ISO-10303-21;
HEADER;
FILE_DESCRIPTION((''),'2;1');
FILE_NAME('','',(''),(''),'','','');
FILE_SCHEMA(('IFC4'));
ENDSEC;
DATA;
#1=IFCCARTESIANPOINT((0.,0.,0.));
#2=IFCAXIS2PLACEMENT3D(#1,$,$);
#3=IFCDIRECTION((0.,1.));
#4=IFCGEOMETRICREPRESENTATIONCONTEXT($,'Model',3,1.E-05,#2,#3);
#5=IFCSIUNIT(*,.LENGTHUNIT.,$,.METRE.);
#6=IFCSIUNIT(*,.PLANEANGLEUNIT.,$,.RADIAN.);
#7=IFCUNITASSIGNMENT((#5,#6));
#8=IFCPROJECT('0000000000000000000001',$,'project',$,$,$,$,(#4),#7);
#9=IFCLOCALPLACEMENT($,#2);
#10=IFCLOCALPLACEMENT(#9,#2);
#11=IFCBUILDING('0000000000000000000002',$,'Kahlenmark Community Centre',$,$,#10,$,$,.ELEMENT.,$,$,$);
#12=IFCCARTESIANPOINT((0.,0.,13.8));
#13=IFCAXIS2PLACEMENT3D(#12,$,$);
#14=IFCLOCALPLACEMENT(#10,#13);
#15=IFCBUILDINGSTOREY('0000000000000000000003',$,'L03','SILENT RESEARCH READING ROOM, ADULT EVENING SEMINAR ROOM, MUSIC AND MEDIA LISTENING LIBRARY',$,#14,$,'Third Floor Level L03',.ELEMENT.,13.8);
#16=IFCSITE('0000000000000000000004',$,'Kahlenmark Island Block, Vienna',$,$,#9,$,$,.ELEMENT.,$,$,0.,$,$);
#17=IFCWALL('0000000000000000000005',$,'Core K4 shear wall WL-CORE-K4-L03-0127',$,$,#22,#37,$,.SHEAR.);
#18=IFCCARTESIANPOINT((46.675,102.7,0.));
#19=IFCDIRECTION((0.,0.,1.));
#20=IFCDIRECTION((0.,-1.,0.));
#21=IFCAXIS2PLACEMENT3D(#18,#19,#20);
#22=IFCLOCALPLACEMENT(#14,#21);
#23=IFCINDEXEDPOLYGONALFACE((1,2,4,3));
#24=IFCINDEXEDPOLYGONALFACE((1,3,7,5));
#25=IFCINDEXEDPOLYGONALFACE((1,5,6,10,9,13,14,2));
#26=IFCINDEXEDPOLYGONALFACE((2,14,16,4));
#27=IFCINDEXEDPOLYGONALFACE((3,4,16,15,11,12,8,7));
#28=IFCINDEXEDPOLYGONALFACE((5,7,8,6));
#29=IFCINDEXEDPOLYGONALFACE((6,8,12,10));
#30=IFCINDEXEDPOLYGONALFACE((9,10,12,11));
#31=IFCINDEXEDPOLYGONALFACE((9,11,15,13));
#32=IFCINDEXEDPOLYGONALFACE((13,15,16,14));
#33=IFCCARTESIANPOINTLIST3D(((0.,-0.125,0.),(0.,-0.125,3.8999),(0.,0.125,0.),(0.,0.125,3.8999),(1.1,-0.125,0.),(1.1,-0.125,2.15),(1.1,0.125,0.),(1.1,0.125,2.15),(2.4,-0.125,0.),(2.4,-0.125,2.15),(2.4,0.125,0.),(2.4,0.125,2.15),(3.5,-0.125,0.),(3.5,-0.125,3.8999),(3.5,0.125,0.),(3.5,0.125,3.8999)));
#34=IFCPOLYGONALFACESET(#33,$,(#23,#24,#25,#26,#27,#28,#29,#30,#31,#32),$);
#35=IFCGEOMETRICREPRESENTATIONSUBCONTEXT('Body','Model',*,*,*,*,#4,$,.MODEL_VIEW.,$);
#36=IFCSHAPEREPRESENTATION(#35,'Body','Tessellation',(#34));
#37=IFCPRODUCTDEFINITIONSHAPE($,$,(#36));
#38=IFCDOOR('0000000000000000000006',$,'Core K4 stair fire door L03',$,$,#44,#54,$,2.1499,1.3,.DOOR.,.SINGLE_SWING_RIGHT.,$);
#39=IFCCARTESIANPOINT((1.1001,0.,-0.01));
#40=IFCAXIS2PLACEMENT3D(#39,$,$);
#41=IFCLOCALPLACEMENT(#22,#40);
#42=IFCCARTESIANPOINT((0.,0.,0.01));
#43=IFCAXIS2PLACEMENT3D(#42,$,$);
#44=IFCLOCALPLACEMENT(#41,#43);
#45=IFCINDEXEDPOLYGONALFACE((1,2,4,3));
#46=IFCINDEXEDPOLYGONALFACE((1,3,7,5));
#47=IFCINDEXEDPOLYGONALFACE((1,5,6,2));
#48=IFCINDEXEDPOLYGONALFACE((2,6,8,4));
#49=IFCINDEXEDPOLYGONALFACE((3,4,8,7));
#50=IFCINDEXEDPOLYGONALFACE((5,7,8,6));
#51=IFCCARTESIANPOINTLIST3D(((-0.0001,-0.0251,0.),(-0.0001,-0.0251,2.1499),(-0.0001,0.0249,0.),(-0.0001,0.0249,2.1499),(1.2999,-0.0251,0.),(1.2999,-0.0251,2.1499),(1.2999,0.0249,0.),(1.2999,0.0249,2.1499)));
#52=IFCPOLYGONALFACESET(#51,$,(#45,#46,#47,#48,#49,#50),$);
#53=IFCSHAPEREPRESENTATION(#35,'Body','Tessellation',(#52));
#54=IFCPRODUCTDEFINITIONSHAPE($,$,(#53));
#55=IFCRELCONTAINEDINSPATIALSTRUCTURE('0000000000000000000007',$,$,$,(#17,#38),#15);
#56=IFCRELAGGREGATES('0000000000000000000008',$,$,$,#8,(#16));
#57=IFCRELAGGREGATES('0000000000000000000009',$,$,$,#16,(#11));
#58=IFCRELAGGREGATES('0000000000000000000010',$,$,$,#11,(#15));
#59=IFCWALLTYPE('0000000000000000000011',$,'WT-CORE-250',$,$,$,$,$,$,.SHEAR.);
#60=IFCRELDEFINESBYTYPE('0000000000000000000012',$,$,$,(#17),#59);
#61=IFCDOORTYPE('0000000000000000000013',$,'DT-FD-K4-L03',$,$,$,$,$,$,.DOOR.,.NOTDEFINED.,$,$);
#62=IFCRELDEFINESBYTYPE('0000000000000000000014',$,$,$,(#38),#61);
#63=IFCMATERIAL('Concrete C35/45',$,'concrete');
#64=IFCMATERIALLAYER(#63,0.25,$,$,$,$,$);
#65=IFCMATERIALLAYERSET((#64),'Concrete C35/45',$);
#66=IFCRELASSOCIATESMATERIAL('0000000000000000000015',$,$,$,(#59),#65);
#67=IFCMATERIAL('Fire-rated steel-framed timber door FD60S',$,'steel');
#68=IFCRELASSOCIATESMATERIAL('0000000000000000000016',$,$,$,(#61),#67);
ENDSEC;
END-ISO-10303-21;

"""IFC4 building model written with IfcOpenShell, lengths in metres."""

from ifc_helpers import new_model, si_unit, direction, frame, frame_2d, origin, place, context, subcontext, project, spatial, rectangle, extrude, material, layer, layer_set, type_object, element, fill, save


model = new_model("IFC4")

# Units and contexts
model_context = context("Model", 3, precision=1e-05, world=origin(), true_north=direction((0.0, 1.0)))
body_context = subcontext(model_context, "Body", "Model", "MODEL_VIEW")
ifc_project = project(units=[si_unit("LENGTHUNIT", "METRE"), si_unit("PLANEANGLEUNIT", "RADIAN")], contexts=[model_context])

# Site, building, storey
site_placement = place(None, origin())
site = spatial("IfcSite", under=ifc_project, at=site_placement, Name="Kahlenmark Island Block, Vienna", CompositionType="ELEMENT", RefElevation=0.0)
building_placement = place(site_placement, origin())
building = spatial("IfcBuilding", under=site, at=building_placement, Name="Kahlenmark Community Centre", CompositionType="ELEMENT")
storey_placement = place(building_placement, frame((0.0, 0.0, 13.8)))
storey = spatial("IfcBuildingStorey", under=building, at=storey_placement, Name="L03", Description="SILENT RESEARCH READING ROOM, ADULT EVENING SEMINAR ROOM, MUSIC AND MEDIA LISTENING LIBRARY", LongName="Third Floor Level L03", CompositionType="ELEMENT", Elevation=13.8)

# Wall, opening, door
ifc_material_1 = material(Name="Concrete C35/45", Category="concrete")
ifc_layer_1 = layer(ifc_material_1, 0.25)
ifc_layer_set_1 = layer_set([ifc_layer_1], Name="Concrete C35/45")
wall_type_1 = type_object("IfcWallType", Name="WT-CORE-250", PredefinedType="SHEAR", material=ifc_layer_set_1)
wall_1_placement = place(storey_placement, frame((46.675, 102.7, 0.0), z_axis=(0.0, 0.0, 1.0), x_axis=(0.0, -1.0, 0.0)))
wall_1 = element("IfcWall", 1, at=wall_1_placement, inside=storey, type_object=wall_type_1, Name="Core K4 shear wall WL-CORE-K4-L03-0127", PredefinedType="SHEAR", context=body_context, shape_type="SweptSolid", body=[
    extrude(rectangle(XDim=3.5, YDim=0.25, at=frame_2d((1.75, 0.0))), origin(), (0.0, 0.0, 1.0), 3.8999),
])
opening_1_placement = place(wall_1_placement, frame((1.1001, 0.0, -0.01)))
opening_1 = element("IfcOpeningElement", 2, at=opening_1_placement, cuts=wall_1, PredefinedType="OPENING", context=body_context, shape_type="SweptSolid", body=[
    extrude(rectangle(XDim=1.3, YDim=2.1599, at=frame_2d((0.6499, 1.0801))), frame((0.0, 0.135, 0.0), z_axis=(0.0, -1.0, 0.0), x_axis=(1.0, 0.0, 0.0)), (0.0, 0.0, 1.0), 0.27),
])
ifc_material_2 = material(Name="Fire-rated steel-framed timber door FD60S", Category="steel")
door_type_1 = type_object("IfcDoorType", Name="DT-FD-K4-L03", OperationType="NOTDEFINED", PredefinedType="DOOR", material=ifc_material_2)
door_1_placement = place(opening_1_placement, frame((0.0, 0.0, 0.01)))
door_1 = element("IfcDoor", 3, at=door_1_placement, inside=storey, type_object=door_type_1, Name="Core K4 stair fire door L03", OperationType="SINGLE_SWING_RIGHT", OverallHeight=2.1499, OverallWidth=1.3, PredefinedType="DOOR", context=body_context, shape_type="SweptSolid", body=[
    extrude(rectangle(XDim=1.3, YDim=2.1499, at=frame_2d((0.6499, 1.075))), frame((0.0, 0.0249, 0.0), z_axis=(0.0, -1.0, 0.0), x_axis=(1.0, 0.0, 0.0)), (0.0, 0.0, 1.0), 0.05),
])
fill(opening_1, door_1)

save(model, "model.ifc")
